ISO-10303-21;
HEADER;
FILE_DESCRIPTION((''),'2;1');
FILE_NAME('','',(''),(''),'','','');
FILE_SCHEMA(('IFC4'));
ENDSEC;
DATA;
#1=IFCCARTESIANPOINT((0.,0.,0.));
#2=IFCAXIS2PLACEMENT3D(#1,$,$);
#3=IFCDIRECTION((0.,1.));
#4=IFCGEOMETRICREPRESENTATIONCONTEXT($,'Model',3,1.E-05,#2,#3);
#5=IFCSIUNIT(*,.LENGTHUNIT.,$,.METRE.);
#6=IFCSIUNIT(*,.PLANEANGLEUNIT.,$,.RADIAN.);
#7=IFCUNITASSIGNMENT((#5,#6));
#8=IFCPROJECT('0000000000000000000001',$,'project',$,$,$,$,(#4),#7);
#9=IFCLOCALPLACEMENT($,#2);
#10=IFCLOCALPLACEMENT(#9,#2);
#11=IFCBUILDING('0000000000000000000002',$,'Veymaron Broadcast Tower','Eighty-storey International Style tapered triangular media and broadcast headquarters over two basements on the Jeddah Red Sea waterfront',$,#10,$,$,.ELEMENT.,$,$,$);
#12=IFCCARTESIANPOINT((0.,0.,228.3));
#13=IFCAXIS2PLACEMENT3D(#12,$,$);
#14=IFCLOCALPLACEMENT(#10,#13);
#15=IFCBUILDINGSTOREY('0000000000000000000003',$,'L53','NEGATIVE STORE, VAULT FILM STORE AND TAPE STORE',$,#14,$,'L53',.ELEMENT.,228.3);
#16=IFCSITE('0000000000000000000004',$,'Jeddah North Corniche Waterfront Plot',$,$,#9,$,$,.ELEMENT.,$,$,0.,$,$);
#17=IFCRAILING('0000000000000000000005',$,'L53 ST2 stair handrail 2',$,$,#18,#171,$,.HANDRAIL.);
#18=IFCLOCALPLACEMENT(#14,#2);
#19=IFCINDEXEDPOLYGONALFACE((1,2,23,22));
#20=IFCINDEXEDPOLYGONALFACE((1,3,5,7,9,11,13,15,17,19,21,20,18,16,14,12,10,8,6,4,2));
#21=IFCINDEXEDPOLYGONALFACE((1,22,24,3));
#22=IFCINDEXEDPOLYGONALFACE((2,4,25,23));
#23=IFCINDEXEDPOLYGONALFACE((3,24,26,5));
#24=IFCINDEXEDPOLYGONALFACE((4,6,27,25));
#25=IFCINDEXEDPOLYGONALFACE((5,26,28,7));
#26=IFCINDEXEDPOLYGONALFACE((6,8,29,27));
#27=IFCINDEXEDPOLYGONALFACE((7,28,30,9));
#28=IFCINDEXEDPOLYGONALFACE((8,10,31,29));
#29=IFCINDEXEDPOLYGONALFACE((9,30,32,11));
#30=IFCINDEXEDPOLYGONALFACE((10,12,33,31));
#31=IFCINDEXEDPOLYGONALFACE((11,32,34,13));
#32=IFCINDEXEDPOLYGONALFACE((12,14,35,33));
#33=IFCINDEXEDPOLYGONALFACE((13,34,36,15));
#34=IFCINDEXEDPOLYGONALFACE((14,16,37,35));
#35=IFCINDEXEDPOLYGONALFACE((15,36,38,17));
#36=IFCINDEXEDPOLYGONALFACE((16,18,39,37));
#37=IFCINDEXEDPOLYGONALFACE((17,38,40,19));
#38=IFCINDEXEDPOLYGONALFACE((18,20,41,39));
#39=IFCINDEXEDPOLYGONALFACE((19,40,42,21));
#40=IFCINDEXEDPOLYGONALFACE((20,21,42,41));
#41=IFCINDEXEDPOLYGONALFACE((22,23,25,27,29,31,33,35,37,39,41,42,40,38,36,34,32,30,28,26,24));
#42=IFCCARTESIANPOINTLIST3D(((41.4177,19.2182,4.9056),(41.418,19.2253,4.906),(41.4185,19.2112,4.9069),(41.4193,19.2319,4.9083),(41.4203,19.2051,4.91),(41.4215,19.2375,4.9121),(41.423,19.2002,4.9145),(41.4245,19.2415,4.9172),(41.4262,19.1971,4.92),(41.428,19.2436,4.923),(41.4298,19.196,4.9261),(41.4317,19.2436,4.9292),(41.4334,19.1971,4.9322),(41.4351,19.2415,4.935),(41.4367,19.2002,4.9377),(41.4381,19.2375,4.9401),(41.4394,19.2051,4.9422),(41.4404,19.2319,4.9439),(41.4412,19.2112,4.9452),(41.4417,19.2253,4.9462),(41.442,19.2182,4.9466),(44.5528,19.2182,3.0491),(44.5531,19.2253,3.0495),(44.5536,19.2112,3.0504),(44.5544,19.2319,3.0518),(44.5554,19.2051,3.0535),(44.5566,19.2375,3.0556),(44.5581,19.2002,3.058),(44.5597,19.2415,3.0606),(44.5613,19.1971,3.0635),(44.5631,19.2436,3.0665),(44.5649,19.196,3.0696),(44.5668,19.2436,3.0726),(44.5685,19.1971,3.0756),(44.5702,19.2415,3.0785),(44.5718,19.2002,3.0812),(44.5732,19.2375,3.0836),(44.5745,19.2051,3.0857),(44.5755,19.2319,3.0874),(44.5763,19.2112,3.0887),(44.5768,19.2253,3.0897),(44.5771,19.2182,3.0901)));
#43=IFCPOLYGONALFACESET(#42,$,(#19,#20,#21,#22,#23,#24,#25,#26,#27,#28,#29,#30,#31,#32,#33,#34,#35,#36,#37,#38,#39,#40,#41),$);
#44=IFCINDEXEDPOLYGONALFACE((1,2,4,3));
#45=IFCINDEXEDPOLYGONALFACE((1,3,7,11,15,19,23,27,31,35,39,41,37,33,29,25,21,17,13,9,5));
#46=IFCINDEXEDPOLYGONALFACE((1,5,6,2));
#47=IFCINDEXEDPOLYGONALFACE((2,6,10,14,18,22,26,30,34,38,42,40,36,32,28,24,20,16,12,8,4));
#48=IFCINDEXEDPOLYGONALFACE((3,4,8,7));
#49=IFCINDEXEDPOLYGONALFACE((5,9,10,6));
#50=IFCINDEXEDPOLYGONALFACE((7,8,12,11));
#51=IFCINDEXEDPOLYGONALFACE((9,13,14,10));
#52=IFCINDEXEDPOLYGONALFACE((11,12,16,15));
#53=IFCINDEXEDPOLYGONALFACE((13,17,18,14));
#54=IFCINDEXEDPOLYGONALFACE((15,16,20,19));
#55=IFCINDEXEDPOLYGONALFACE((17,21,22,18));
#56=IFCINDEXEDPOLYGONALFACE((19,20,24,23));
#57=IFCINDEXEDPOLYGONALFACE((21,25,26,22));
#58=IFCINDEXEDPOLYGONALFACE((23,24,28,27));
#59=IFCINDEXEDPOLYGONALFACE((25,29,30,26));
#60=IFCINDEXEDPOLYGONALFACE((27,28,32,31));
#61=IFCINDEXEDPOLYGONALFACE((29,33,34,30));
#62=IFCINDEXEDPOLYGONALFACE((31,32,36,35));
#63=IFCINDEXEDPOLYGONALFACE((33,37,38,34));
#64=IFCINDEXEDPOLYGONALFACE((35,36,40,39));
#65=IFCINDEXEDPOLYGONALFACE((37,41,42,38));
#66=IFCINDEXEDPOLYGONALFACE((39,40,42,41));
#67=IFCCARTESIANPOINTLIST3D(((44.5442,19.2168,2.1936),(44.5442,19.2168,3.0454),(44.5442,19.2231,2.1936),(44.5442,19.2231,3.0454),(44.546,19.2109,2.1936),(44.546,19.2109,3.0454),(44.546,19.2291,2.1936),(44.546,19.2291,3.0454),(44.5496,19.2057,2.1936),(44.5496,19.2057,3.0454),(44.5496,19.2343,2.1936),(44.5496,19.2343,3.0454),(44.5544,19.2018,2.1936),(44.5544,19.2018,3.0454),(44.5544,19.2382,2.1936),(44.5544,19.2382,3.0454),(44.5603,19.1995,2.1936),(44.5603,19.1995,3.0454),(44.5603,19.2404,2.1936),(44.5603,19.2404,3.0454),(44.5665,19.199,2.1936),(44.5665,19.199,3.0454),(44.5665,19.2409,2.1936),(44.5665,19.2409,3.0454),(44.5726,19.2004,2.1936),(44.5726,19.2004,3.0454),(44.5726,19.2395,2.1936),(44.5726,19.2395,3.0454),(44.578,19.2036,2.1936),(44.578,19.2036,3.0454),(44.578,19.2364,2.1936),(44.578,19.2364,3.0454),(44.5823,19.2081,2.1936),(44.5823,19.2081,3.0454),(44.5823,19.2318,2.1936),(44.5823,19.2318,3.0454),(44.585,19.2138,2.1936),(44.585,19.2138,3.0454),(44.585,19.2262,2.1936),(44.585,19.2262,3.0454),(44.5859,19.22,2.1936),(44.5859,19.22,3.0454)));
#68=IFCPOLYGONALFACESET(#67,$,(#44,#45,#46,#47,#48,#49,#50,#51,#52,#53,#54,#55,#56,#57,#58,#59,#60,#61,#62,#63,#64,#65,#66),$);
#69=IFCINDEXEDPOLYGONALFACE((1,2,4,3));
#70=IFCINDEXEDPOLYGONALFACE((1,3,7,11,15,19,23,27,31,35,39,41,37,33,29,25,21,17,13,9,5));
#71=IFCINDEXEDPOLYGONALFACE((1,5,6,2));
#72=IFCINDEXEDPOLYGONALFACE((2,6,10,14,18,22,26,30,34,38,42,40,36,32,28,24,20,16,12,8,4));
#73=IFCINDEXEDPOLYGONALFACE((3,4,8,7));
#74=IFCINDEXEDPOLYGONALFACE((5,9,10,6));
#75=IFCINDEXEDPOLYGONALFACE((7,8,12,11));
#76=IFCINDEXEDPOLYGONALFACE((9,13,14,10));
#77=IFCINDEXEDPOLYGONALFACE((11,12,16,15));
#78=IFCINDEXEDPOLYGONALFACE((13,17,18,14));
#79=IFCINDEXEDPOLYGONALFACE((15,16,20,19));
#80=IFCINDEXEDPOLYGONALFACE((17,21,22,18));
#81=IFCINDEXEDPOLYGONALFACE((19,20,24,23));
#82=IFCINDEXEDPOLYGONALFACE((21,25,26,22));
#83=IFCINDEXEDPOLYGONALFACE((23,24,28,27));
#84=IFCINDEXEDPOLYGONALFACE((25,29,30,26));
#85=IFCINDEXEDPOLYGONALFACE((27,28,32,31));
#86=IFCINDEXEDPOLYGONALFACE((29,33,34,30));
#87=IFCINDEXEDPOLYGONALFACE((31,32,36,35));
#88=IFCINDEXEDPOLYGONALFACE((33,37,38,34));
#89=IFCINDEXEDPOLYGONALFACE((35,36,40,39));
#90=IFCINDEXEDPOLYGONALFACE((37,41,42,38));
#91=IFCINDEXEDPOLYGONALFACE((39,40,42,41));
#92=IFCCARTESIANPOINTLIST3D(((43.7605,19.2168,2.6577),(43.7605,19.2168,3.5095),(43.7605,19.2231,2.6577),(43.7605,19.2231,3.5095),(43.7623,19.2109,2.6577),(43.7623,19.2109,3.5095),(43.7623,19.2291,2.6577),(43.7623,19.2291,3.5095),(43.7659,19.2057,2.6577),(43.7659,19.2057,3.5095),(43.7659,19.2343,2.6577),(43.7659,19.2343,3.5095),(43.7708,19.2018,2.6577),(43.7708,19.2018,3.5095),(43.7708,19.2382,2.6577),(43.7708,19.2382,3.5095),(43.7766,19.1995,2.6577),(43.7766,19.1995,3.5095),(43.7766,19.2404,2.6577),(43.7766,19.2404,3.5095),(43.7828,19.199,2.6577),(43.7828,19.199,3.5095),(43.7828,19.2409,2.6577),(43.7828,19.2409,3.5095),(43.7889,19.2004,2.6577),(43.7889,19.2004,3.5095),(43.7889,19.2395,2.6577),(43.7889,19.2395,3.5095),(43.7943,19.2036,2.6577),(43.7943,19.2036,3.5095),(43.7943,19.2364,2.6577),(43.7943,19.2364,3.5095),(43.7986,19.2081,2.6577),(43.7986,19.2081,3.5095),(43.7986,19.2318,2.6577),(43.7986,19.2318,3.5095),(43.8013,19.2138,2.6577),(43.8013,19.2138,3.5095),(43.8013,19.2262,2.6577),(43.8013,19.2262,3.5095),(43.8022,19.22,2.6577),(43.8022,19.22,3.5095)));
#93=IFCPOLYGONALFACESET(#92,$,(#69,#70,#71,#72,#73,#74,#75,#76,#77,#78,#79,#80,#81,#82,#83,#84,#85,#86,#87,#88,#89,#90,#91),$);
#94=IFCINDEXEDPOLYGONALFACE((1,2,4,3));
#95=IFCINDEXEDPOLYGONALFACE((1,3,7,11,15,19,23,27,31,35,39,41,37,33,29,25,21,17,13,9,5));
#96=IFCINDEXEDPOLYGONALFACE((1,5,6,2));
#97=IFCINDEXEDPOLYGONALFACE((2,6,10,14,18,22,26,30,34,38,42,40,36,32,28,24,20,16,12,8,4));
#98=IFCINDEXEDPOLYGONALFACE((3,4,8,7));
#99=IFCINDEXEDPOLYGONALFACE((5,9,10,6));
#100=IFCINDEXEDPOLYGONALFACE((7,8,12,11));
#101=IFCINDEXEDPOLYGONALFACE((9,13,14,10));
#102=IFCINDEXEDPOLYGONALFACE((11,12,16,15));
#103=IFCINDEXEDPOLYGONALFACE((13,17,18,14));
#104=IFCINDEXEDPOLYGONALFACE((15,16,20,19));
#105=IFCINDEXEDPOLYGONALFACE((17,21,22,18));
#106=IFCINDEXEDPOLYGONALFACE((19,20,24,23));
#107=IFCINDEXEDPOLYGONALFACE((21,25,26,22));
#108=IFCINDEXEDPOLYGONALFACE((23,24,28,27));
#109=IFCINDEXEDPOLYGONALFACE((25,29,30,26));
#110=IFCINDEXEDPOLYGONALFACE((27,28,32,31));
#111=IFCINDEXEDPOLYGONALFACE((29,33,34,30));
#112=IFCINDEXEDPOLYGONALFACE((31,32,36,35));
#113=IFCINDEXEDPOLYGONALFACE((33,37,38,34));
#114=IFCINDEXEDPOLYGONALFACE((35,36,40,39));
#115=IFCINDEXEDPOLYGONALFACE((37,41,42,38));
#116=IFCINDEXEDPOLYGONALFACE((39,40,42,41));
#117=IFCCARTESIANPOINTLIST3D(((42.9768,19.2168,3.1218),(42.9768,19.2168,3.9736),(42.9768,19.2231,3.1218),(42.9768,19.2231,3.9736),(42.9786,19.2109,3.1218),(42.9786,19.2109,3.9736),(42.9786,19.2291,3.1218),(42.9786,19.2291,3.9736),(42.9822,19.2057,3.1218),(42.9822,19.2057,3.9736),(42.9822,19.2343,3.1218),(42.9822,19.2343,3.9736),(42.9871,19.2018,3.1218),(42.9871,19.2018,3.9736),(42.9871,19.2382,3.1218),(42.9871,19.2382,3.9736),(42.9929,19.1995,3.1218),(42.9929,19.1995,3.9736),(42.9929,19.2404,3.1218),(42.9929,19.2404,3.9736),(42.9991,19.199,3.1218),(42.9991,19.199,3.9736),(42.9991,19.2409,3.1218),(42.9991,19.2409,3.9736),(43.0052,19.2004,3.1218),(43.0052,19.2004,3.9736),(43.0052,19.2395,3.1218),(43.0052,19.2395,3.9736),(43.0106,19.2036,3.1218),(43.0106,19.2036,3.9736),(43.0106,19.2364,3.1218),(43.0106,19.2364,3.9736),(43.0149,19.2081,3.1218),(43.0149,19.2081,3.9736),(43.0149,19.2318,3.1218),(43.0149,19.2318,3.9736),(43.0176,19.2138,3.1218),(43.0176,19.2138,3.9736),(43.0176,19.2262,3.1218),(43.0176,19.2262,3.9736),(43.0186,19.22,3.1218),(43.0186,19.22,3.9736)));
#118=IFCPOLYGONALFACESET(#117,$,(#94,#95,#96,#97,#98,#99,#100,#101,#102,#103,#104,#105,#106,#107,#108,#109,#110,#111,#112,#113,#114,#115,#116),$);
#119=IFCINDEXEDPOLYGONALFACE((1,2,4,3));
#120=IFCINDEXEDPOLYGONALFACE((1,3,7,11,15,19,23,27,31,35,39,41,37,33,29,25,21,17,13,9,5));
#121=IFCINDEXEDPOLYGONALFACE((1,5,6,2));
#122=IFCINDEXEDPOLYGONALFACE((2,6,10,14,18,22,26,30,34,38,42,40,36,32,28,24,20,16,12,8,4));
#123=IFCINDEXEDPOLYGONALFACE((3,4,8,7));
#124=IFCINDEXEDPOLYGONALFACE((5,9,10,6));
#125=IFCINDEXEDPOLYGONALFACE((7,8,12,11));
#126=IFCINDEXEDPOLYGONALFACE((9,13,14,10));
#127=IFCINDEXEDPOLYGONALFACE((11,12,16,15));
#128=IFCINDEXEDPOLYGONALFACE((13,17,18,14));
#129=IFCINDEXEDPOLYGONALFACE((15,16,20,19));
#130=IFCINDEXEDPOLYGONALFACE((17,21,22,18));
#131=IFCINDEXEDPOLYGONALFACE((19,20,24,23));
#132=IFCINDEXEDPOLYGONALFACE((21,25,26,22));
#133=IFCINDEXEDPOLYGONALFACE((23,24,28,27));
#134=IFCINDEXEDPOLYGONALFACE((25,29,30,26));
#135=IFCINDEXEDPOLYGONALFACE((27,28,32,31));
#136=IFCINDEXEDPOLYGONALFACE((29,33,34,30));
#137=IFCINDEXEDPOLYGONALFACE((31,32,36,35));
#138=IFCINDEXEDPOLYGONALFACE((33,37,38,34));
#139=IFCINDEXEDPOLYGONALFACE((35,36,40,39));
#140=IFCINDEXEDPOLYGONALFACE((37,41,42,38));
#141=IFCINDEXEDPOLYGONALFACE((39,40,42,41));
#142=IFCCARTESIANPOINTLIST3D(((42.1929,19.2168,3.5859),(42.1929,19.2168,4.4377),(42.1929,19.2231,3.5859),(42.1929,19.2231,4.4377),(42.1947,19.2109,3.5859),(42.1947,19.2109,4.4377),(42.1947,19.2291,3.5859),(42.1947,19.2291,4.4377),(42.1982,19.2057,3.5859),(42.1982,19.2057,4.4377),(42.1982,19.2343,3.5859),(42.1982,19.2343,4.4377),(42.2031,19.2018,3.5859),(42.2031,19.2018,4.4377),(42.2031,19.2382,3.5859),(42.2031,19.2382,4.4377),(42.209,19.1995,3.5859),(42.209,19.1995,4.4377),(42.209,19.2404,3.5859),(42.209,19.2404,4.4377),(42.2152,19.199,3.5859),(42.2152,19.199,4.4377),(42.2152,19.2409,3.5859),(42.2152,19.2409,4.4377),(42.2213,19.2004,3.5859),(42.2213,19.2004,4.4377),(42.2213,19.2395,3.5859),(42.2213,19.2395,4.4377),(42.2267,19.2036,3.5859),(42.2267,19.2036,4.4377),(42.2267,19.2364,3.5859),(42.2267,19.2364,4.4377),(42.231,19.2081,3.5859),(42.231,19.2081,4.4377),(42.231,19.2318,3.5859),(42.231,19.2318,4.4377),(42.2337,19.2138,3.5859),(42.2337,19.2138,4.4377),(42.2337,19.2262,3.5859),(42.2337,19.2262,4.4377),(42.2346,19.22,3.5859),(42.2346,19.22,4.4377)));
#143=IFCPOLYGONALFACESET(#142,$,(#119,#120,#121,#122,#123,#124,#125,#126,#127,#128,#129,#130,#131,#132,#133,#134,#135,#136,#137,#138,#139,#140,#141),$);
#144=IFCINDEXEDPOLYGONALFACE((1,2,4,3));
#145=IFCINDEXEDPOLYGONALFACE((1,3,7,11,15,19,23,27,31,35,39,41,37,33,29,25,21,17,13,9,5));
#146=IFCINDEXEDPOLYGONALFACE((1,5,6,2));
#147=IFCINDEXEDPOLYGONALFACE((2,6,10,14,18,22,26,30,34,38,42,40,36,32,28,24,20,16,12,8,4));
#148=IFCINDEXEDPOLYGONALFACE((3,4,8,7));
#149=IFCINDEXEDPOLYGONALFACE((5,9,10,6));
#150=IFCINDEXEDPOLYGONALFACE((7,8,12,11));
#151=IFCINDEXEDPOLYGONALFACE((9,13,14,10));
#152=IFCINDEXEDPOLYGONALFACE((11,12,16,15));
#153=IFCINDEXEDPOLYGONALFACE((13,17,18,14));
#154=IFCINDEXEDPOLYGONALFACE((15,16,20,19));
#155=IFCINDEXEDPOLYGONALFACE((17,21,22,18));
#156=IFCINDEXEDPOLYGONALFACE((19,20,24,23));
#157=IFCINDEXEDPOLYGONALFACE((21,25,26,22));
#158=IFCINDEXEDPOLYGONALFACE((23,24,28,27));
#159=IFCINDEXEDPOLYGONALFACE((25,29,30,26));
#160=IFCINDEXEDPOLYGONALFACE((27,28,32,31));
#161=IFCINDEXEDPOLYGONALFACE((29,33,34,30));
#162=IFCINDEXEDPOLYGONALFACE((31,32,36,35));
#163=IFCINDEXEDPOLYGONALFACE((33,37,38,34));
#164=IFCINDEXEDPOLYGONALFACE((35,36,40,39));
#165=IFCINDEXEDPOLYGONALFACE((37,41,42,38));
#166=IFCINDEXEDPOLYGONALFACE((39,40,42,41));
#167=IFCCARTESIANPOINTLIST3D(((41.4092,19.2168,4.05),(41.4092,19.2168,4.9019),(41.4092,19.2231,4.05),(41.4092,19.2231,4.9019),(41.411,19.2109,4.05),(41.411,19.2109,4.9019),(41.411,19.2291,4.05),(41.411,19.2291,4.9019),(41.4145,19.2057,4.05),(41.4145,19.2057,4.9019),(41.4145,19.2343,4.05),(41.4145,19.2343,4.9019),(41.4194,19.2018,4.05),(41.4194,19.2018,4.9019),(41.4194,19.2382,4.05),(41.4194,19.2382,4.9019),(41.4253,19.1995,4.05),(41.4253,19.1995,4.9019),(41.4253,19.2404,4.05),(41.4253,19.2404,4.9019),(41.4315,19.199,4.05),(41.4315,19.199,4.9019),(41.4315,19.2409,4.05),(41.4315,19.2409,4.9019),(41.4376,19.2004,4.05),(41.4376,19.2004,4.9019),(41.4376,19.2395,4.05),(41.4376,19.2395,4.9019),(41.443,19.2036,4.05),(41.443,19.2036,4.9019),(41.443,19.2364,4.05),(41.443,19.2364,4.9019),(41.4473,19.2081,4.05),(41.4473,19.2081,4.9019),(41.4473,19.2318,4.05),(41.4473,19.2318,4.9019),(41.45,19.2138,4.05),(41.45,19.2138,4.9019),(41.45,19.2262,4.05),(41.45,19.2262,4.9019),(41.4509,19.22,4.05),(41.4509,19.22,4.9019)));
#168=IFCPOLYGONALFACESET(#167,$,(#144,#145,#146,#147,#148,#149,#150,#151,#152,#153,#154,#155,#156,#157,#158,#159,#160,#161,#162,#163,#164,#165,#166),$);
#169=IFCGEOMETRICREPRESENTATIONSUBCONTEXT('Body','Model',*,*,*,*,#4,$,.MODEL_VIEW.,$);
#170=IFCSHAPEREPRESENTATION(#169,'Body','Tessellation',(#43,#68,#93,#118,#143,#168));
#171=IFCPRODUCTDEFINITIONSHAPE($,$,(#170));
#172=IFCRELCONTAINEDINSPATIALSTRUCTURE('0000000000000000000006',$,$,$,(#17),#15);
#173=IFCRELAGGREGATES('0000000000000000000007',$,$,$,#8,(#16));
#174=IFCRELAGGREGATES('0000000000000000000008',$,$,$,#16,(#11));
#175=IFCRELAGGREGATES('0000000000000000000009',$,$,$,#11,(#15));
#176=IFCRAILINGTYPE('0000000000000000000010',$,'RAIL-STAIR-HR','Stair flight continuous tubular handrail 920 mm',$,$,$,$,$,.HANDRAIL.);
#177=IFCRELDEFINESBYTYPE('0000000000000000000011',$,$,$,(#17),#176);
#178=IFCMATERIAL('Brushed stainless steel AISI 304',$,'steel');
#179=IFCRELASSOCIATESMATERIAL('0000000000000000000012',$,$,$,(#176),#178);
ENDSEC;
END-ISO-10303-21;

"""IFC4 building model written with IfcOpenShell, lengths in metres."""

from ifc_helpers import new_model, si_unit, direction, frame, origin, origin_2d, place, context, subcontext, project, spatial, circle, extrude, material, type_object, element, save


model = new_model("IFC4")

# Units and contexts
model_context = context("Model", 3, precision=1e-05, world=origin(), true_north=direction((0.0, 1.0)))
body_context = subcontext(model_context, "Body", "Model", "MODEL_VIEW")
ifc_project = project(units=[si_unit("LENGTHUNIT", "METRE"), si_unit("PLANEANGLEUNIT", "RADIAN")], contexts=[model_context])

# Site, building, storey
site_placement = place(None, origin())
site = spatial("IfcSite", under=ifc_project, at=site_placement, Name="Jeddah North Corniche Waterfront Plot", CompositionType="ELEMENT", RefElevation=0.0)
building_placement = place(site_placement, origin())
building = spatial("IfcBuilding", under=site, at=building_placement, Name="Veymaron Broadcast Tower", Description="Eighty-storey International Style tapered triangular media and broadcast headquarters over two basements on the Jeddah Red Sea waterfront", CompositionType="ELEMENT")
storey_placement = place(building_placement, frame((0.0, 0.0, 228.3)))
storey = spatial("IfcBuildingStorey", under=building, at=storey_placement, Name="L53", Description="NEGATIVE STORE, VAULT FILM STORE AND TAPE STORE", LongName="L53", CompositionType="ELEMENT", Elevation=228.3)

# Shared definitions
ifc_material_1 = material(Name="Brushed stainless steel AISI 304", Category="steel")

# Railing
railing_type_1 = type_object("IfcRailingType", Name="RAIL-STAIR-HR", Description="Stair flight continuous tubular handrail 920 mm", PredefinedType="HANDRAIL", material=ifc_material_1)
railing_1_placement = place(storey_placement, frame((44.5649, 19.22, 2.1936)))
element("IfcRailing", 1, at=railing_1_placement, inside=storey, type_object=railing_type_1, Name="L53 ST2 stair handrail 2", PredefinedType="HANDRAIL", context=body_context, shape_type="SweptSolid", body=[
    extrude(circle(Radius=0.0239, at=origin_2d()), frame((0.0, 0.0, 0.876), z_axis=(-0.860453, 0.0, 0.509531), x_axis=(0.0, -1.0, 0.0)), (0.0, 0.0, 1.0), 3.6436),
    extrude(circle(Radius=0.021, at=origin_2d()), origin(), (0.0, 0.0, 1.0), 0.8518),
    extrude(circle(Radius=0.021, at=origin_2d()), frame((-0.7837, 0.0, 0.4641)), (0.0, 0.0, 1.0), 0.8518),
    extrude(circle(Radius=0.021, at=origin_2d()), frame((-1.5674, 0.0, 0.9282)), (0.0, 0.0, 1.0), 0.8518),
    extrude(circle(Radius=0.021, at=origin_2d()), frame((-2.3513, 0.0, 1.3923)), (0.0, 0.0, 1.0), 0.8518),
    extrude(circle(Radius=0.021, at=origin_2d()), frame((-3.135, 0.0, 1.8564)), (0.0, 0.0, 1.0), 0.8518),
])

save(model, "model.ifc")
